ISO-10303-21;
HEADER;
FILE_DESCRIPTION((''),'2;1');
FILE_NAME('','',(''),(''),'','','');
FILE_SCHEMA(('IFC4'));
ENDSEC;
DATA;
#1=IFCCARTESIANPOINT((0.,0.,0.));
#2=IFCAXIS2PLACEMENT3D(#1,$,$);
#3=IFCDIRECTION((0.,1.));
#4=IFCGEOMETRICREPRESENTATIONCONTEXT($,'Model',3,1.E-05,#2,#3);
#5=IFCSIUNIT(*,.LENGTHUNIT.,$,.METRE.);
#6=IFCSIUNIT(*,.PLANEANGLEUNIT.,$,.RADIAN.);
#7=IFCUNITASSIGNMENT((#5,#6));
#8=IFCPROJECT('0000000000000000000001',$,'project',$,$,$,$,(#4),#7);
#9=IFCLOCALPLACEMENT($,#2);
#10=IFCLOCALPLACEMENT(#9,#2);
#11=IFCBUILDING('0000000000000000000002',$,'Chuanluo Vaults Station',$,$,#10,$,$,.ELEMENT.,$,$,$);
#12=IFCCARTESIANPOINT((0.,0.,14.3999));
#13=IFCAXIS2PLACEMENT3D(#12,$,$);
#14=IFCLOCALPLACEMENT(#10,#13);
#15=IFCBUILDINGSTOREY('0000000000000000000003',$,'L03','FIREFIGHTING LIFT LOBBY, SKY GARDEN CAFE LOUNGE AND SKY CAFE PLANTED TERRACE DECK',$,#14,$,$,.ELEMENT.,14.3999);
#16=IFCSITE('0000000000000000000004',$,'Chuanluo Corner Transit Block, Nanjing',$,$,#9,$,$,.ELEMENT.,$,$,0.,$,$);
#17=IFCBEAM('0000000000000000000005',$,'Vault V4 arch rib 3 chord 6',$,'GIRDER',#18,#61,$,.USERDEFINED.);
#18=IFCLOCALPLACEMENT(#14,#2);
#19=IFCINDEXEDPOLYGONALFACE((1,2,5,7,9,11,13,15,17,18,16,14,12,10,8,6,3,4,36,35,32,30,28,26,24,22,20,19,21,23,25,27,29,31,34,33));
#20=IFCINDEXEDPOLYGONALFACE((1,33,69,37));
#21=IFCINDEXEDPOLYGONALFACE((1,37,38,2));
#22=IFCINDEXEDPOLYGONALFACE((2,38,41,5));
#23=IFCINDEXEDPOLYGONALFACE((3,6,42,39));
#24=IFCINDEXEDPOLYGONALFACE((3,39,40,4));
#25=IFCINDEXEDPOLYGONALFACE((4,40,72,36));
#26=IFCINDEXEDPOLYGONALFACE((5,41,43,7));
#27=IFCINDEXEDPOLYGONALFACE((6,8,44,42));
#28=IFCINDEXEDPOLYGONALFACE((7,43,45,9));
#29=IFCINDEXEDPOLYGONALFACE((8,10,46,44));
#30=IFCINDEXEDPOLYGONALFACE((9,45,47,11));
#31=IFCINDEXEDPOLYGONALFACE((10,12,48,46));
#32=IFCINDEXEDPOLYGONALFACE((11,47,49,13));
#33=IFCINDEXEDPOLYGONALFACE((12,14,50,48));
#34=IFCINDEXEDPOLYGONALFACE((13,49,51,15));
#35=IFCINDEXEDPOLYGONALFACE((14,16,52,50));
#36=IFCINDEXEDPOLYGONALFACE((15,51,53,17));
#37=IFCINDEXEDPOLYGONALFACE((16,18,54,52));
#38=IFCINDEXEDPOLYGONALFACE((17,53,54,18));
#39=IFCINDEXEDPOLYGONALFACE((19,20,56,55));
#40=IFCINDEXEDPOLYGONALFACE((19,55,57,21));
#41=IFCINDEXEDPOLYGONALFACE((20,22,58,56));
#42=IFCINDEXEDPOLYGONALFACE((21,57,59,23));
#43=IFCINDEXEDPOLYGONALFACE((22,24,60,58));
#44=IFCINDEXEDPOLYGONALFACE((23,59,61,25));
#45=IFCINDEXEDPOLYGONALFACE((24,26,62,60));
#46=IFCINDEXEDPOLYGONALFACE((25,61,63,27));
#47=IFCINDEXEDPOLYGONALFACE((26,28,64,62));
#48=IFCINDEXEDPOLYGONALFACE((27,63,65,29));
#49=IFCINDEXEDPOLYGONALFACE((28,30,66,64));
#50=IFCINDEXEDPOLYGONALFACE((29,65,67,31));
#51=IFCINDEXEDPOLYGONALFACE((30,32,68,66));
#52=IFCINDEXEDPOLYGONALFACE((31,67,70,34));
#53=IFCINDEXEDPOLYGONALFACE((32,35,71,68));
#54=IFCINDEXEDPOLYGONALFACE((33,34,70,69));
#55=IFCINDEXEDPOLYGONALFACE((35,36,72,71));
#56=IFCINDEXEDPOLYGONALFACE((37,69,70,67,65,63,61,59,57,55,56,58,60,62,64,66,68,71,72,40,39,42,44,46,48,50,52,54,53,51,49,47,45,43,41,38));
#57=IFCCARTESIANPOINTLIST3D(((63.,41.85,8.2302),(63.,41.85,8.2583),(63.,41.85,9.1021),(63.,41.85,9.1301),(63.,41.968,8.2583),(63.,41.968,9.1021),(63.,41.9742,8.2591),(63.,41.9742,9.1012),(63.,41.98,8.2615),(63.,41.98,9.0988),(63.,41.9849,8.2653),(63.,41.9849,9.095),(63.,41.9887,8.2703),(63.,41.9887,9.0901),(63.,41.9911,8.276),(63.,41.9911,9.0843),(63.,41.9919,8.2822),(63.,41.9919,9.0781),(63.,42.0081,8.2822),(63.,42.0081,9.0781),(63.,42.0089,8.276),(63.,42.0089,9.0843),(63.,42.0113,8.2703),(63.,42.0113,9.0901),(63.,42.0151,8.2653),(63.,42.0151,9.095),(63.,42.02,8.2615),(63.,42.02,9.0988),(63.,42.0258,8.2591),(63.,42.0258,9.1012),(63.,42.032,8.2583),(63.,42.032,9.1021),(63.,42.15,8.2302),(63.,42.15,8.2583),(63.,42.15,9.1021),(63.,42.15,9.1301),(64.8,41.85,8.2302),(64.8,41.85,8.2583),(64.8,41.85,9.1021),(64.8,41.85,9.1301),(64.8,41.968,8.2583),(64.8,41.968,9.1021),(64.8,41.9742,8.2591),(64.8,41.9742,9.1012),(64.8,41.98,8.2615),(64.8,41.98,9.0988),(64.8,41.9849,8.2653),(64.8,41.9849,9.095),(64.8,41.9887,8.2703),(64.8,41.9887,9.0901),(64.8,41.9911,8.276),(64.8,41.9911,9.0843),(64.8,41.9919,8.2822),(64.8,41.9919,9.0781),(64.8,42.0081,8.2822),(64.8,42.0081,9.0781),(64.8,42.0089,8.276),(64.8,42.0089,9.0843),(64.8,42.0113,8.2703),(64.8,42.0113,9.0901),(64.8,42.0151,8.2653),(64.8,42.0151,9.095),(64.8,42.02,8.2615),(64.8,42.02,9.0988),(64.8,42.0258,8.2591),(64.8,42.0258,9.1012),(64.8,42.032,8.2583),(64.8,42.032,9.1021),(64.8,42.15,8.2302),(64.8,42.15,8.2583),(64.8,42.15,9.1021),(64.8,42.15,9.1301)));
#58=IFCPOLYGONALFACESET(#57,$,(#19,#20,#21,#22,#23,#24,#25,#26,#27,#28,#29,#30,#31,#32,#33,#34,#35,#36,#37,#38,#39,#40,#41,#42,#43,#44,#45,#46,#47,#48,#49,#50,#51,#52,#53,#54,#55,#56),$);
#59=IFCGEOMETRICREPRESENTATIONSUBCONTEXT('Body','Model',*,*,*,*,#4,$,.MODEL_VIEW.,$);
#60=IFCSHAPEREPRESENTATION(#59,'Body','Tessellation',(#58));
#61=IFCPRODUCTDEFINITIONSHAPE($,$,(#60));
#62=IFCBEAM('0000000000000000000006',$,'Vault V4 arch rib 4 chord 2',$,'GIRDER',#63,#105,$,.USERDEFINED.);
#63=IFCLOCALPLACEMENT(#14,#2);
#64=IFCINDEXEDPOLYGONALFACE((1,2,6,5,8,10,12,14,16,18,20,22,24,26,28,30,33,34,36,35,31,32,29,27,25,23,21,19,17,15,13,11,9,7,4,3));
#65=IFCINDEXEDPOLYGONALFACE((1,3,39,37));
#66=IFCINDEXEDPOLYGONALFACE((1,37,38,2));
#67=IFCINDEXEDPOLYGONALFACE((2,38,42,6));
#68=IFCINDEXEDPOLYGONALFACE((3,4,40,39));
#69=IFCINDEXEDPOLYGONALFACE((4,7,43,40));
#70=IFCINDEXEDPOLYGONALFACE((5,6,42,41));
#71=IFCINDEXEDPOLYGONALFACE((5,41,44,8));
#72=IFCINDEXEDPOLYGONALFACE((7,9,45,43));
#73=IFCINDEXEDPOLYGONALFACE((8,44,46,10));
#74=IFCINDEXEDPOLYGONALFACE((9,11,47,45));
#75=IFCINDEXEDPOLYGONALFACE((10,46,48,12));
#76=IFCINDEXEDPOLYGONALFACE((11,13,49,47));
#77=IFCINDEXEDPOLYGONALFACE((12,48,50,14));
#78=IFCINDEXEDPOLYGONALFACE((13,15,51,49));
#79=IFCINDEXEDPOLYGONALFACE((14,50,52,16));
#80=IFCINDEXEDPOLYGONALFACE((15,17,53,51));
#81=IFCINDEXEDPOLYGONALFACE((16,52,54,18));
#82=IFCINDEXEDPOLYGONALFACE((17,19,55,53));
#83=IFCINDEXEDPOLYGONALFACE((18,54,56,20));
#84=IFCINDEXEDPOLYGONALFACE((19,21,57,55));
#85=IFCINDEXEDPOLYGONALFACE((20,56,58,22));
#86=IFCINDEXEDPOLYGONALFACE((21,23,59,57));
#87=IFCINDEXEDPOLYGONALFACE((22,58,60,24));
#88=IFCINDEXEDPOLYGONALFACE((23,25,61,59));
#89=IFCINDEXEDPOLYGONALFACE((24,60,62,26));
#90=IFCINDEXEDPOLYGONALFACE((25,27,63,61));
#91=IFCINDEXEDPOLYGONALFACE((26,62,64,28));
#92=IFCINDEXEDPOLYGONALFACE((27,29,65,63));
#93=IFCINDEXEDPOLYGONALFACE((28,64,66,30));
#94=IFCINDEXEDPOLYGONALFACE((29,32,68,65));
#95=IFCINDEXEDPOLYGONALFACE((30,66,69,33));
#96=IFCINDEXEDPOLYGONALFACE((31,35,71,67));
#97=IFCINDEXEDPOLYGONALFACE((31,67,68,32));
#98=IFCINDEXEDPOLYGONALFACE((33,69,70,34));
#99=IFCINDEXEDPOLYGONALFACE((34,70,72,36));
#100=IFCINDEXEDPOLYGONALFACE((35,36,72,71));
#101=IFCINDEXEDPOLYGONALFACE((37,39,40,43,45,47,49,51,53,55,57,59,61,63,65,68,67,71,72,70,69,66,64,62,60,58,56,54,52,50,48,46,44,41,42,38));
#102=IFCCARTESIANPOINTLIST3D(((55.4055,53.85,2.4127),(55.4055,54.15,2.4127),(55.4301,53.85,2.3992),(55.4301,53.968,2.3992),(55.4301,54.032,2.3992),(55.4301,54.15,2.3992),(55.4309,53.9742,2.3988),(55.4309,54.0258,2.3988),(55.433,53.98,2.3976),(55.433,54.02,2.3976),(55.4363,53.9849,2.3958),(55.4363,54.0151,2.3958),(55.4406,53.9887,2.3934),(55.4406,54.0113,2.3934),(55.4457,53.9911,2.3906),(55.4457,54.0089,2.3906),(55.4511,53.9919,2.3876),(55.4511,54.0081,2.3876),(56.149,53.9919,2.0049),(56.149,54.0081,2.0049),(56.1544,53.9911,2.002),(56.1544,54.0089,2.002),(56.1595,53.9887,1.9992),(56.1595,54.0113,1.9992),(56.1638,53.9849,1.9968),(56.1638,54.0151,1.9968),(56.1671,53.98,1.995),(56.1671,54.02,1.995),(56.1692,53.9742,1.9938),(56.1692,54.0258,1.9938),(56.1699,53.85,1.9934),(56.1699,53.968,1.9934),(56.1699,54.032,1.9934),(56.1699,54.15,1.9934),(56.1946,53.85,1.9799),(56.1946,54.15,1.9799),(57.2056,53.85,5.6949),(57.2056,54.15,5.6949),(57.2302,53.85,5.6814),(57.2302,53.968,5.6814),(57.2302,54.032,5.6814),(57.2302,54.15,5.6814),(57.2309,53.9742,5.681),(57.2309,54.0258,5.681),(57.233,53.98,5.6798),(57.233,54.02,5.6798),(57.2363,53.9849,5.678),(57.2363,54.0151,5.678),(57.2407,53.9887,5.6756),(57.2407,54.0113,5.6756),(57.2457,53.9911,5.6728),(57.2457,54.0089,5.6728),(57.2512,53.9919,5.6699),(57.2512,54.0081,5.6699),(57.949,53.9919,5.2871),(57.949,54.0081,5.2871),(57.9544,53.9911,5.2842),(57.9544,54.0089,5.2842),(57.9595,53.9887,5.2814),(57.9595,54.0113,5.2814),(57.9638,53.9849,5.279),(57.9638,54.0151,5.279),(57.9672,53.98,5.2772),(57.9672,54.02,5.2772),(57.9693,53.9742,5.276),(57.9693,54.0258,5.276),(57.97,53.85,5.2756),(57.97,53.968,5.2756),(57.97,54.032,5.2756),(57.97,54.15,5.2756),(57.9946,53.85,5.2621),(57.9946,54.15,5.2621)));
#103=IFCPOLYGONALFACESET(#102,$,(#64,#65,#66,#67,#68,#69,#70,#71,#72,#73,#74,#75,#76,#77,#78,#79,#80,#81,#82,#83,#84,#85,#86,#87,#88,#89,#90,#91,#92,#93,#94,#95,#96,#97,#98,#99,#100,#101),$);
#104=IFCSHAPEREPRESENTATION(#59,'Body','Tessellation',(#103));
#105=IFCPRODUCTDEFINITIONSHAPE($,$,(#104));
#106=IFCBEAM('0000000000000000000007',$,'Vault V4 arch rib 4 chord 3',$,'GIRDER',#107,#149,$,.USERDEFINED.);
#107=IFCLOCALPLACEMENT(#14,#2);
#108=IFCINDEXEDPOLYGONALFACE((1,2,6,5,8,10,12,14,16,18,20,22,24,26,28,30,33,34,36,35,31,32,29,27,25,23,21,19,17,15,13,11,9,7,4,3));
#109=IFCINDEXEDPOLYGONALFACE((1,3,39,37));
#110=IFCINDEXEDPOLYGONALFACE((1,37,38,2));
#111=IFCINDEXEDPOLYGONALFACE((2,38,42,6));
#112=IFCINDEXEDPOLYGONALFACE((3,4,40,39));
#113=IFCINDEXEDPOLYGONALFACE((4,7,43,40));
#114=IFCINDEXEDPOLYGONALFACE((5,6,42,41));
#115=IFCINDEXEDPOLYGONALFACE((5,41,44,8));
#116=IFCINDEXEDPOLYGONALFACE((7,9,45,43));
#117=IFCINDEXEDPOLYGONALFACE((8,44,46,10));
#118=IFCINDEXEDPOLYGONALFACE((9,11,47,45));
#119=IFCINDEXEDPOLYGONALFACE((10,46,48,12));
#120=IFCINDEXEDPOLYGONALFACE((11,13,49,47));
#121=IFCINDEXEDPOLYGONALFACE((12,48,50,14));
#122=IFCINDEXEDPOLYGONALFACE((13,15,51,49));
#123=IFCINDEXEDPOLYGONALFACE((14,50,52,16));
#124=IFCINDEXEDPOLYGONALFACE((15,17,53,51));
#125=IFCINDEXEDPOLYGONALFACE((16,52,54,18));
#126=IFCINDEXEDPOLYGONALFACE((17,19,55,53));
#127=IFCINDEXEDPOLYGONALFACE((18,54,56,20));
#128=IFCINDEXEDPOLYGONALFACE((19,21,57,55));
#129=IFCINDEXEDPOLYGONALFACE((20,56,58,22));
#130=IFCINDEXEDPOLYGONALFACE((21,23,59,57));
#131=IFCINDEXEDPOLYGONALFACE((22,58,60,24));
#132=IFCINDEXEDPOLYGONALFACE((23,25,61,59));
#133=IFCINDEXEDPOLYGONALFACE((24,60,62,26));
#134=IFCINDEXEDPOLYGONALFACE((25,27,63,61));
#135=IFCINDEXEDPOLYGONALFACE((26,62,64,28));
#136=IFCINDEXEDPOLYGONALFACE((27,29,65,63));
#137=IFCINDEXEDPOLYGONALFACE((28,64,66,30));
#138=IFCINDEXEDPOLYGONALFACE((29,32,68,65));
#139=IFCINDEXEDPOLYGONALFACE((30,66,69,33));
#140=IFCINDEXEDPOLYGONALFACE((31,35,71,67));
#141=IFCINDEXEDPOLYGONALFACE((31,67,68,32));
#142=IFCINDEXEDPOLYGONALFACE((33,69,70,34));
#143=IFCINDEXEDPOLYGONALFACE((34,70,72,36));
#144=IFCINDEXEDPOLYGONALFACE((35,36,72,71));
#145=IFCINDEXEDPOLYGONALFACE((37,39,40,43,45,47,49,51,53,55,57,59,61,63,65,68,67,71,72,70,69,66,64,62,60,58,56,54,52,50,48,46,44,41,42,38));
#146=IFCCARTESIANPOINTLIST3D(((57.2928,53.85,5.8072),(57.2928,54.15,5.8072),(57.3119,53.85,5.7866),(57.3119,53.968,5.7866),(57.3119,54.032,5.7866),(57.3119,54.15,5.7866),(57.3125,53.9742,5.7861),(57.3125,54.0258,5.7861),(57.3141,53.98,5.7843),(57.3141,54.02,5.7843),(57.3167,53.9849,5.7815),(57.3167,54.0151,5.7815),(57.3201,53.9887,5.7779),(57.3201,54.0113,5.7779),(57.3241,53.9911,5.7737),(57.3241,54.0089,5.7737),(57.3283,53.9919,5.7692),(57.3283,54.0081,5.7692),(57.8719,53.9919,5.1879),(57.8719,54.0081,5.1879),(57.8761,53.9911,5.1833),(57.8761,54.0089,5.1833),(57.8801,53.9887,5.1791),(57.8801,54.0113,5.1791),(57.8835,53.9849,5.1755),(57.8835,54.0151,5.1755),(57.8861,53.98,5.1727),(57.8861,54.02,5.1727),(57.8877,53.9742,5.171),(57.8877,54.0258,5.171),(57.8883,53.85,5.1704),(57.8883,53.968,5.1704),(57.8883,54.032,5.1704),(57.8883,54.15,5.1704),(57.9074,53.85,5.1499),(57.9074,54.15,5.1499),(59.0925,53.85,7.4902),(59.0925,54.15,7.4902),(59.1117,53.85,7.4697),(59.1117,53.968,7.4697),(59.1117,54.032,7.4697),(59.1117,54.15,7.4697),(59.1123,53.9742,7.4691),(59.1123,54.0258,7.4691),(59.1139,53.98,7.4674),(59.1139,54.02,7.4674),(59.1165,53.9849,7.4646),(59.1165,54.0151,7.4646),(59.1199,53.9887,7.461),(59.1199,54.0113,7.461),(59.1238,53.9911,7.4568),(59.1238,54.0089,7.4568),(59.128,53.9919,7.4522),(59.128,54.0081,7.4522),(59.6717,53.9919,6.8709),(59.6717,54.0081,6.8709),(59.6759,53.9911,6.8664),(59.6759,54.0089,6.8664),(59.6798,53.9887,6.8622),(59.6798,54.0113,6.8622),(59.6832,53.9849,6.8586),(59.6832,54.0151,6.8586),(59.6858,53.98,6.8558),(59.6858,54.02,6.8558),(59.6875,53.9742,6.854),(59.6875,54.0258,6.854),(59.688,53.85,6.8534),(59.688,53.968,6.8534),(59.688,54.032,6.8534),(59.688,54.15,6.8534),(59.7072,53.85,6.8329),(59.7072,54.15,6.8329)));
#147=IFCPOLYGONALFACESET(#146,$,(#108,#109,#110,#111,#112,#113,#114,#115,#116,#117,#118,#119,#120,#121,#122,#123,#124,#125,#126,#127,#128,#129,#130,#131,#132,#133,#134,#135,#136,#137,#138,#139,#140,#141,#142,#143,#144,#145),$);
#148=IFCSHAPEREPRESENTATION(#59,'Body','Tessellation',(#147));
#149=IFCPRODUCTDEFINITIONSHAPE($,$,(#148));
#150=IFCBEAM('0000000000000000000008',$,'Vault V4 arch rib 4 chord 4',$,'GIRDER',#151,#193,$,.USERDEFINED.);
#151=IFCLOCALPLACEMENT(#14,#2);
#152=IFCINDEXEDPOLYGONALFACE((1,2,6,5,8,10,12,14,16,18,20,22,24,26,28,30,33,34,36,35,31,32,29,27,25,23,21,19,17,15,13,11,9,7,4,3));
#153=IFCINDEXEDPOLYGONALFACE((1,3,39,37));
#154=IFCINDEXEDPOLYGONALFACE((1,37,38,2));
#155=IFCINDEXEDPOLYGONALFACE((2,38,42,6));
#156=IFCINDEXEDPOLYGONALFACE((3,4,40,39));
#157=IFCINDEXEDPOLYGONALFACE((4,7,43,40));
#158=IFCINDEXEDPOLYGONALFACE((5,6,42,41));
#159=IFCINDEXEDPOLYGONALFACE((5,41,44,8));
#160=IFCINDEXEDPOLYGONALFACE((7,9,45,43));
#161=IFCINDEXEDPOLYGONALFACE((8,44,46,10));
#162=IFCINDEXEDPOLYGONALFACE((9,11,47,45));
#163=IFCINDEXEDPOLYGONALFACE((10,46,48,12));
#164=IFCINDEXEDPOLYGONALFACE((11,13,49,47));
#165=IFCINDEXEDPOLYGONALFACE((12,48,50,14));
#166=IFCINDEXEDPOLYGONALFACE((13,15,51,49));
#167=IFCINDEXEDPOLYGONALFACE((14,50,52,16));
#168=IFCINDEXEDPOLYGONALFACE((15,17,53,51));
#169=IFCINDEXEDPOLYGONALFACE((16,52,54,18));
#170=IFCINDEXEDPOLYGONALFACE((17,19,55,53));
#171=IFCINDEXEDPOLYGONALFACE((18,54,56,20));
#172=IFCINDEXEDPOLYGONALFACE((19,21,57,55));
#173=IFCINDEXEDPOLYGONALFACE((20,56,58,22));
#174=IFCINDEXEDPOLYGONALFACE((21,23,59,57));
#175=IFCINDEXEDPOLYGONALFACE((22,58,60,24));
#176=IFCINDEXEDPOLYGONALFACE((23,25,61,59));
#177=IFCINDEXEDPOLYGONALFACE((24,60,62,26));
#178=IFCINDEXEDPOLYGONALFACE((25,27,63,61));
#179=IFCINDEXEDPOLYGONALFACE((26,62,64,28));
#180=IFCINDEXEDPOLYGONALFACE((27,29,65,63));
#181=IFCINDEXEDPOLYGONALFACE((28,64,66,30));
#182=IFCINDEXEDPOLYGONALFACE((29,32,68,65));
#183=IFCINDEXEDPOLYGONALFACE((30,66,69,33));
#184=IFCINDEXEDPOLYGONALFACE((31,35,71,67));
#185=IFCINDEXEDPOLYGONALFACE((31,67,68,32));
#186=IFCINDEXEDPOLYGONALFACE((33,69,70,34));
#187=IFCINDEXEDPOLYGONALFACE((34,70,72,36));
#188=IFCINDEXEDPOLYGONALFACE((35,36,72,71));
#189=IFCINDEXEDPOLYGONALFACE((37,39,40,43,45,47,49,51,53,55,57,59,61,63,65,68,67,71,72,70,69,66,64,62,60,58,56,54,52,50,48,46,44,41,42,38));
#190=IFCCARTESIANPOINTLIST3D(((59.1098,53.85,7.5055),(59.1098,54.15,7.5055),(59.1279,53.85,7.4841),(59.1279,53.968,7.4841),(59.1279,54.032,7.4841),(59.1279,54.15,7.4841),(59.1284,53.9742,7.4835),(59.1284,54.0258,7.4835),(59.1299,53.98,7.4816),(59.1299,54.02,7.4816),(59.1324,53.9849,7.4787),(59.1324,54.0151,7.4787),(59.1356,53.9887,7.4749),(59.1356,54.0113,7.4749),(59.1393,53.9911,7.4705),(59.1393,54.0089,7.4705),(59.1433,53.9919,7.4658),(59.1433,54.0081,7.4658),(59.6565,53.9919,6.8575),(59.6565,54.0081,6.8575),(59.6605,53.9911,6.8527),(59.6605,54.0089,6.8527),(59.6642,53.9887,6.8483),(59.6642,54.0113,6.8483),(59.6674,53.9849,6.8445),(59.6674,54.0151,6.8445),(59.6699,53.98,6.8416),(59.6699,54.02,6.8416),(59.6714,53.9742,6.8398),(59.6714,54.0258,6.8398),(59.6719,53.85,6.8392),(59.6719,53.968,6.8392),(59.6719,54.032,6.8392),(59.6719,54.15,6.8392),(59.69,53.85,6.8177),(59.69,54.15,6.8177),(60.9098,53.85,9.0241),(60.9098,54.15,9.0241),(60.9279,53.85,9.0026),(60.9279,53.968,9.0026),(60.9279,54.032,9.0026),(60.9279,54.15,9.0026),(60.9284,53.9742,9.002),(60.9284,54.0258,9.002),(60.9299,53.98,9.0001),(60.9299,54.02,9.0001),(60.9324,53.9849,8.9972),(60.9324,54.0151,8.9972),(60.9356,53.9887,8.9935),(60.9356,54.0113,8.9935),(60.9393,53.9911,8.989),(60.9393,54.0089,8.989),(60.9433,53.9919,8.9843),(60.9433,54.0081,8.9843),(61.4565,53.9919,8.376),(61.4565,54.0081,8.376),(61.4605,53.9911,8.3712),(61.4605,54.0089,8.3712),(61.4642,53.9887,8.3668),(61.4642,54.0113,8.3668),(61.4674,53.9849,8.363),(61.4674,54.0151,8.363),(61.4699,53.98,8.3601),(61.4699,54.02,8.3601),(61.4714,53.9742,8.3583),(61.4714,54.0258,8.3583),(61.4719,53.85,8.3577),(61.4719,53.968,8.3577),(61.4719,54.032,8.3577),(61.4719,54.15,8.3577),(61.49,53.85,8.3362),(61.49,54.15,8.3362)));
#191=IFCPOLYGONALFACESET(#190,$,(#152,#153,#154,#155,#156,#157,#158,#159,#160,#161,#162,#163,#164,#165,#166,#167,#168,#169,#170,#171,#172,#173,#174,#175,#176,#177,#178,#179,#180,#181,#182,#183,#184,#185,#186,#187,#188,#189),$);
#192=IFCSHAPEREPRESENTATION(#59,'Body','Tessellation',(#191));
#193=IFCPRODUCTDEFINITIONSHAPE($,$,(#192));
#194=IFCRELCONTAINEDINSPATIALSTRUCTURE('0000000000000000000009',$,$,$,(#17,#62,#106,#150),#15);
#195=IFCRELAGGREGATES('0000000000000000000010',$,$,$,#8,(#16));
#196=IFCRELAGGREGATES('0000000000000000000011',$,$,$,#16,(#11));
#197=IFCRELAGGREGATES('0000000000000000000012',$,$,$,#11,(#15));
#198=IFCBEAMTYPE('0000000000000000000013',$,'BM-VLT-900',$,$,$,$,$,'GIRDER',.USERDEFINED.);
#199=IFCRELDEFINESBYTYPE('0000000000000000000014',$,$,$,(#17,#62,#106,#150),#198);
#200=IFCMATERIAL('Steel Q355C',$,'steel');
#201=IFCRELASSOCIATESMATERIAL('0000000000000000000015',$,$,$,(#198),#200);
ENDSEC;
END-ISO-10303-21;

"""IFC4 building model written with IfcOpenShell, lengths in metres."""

from ifc_helpers import new_model, si_unit, direction, frame, origin, origin_2d, place, context, subcontext, project, spatial, i_section, extrude, material, material_profile, profile_set, type_object, element, save


model = new_model("IFC4")

# Units and contexts
model_context = context("Model", 3, precision=1e-05, world=origin(), true_north=direction((0.0, 1.0)))
body_context = subcontext(model_context, "Body", "Model", "MODEL_VIEW")
ifc_project = project(units=[si_unit("LENGTHUNIT", "METRE"), si_unit("PLANEANGLEUNIT", "RADIAN")], contexts=[model_context])

# Site, building, storey
site_placement = place(None, origin())
site = spatial("IfcSite", under=ifc_project, at=site_placement, Name="Chuanluo Corner Transit Block, Nanjing", CompositionType="ELEMENT", RefElevation=0.0)
building_placement = place(site_placement, origin())
building = spatial("IfcBuilding", under=site, at=building_placement, Name="Chuanluo Vaults Station", CompositionType="ELEMENT")
storey_placement = place(building_placement, frame((0.0, 0.0, 14.3999)))
storey = spatial("IfcBuildingStorey", under=building, at=storey_placement, Name="L03", Description="FIREFIGHTING LIFT LOBBY, SKY GARDEN CAFE LOUNGE AND SKY CAFE PLANTED TERRACE DECK", CompositionType="ELEMENT", Elevation=14.3999)

# Beams
ifc_material_1 = material(Name="Steel Q355C", Category="steel")
ifc_material_profile_1 = material_profile(ifc_material_1, i_section(OverallWidth=0.3, OverallDepth=0.8999, WebThickness=0.0161, FlangeThickness=0.0281, FilletRadius=0.0239, at=origin_2d()))
ifc_profile_set_1 = profile_set([ifc_material_profile_1], Name="Steel Q355C")
beam_type = type_object("IfcBeamType", Name="BM-VLT-900", ElementType="GIRDER", PredefinedType="USERDEFINED", material=ifc_profile_set_1)
for number, where, z_axis, x_axis, name in (
    (1, (63.0, 42.0, 8.6802), (1.0, 0.0, 0.0), (0.0, 1.0, 0.0), "Vault V4 arch rib 3 chord 6"),
):
    element("IfcBeam", number, at=place(storey_placement, frame(where, z_axis=z_axis, x_axis=x_axis)), inside=storey, type_object=beam_type, Name=name, ObjectType="GIRDER", PredefinedType="USERDEFINED", context=body_context, shape_type="SweptSolid", body=[
        extrude(i_section(OverallWidth=0.3, OverallDepth=0.8999, WebThickness=0.0161, FlangeThickness=0.0281, FilletRadius=0.0239, at=origin_2d()), origin(), (0.0, 0.0, 1.0), 1.8),
    ])
beam_1_placement = place(storey_placement, frame((55.8, 54.0, 2.1963), z_axis=(0.480857, 0.0, 0.876799), x_axis=(0.0, 1.0, 0.0)))
element("IfcBeam", 2, at=beam_1_placement, inside=storey, type_object=beam_type, Name="Vault V4 arch rib 4 chord 2", ObjectType="GIRDER", PredefinedType="USERDEFINED", context=body_context, shape_type="SweptSolid", body=[
    extrude(i_section(OverallWidth=0.3, OverallDepth=0.8999, WebThickness=0.0161, FlangeThickness=0.0281, FilletRadius=0.0239, at=origin_2d()), origin(), (0.0, 0.0, 1.0), 3.7434),
])
beam_2_placement = place(storey_placement, frame((57.6001, 54.0, 5.4785), z_axis=(0.730389, 0.0, 0.683031), x_axis=(0.0, 1.0, 0.0)))
element("IfcBeam", 3, at=beam_2_placement, inside=storey, type_object=beam_type, Name="Vault V4 arch rib 4 chord 3", ObjectType="GIRDER", PredefinedType="USERDEFINED", context=body_context, shape_type="SweptSolid", body=[
    extrude(i_section(OverallWidth=0.3, OverallDepth=0.8999, WebThickness=0.0161, FlangeThickness=0.0281, FilletRadius=0.0239, at=origin_2d()), origin(), (0.0, 0.0, 1.0), 2.4641),
])
beam_3_placement = place(storey_placement, frame((59.3999, 54.0, 7.1616), z_axis=(0.764341, 0.0, 0.644812), x_axis=(0.0, 1.0, 0.0)))
element("IfcBeam", 4, at=beam_3_placement, inside=storey, type_object=beam_type, Name="Vault V4 arch rib 4 chord 4", ObjectType="GIRDER", PredefinedType="USERDEFINED", context=body_context, shape_type="SweptSolid", body=[
    extrude(i_section(OverallWidth=0.3, OverallDepth=0.8999, WebThickness=0.0161, FlangeThickness=0.0281, FilletRadius=0.0239, at=origin_2d()), origin(), (0.0, 0.0, 1.0), 2.355),
])

save(model, "model.ifc")
